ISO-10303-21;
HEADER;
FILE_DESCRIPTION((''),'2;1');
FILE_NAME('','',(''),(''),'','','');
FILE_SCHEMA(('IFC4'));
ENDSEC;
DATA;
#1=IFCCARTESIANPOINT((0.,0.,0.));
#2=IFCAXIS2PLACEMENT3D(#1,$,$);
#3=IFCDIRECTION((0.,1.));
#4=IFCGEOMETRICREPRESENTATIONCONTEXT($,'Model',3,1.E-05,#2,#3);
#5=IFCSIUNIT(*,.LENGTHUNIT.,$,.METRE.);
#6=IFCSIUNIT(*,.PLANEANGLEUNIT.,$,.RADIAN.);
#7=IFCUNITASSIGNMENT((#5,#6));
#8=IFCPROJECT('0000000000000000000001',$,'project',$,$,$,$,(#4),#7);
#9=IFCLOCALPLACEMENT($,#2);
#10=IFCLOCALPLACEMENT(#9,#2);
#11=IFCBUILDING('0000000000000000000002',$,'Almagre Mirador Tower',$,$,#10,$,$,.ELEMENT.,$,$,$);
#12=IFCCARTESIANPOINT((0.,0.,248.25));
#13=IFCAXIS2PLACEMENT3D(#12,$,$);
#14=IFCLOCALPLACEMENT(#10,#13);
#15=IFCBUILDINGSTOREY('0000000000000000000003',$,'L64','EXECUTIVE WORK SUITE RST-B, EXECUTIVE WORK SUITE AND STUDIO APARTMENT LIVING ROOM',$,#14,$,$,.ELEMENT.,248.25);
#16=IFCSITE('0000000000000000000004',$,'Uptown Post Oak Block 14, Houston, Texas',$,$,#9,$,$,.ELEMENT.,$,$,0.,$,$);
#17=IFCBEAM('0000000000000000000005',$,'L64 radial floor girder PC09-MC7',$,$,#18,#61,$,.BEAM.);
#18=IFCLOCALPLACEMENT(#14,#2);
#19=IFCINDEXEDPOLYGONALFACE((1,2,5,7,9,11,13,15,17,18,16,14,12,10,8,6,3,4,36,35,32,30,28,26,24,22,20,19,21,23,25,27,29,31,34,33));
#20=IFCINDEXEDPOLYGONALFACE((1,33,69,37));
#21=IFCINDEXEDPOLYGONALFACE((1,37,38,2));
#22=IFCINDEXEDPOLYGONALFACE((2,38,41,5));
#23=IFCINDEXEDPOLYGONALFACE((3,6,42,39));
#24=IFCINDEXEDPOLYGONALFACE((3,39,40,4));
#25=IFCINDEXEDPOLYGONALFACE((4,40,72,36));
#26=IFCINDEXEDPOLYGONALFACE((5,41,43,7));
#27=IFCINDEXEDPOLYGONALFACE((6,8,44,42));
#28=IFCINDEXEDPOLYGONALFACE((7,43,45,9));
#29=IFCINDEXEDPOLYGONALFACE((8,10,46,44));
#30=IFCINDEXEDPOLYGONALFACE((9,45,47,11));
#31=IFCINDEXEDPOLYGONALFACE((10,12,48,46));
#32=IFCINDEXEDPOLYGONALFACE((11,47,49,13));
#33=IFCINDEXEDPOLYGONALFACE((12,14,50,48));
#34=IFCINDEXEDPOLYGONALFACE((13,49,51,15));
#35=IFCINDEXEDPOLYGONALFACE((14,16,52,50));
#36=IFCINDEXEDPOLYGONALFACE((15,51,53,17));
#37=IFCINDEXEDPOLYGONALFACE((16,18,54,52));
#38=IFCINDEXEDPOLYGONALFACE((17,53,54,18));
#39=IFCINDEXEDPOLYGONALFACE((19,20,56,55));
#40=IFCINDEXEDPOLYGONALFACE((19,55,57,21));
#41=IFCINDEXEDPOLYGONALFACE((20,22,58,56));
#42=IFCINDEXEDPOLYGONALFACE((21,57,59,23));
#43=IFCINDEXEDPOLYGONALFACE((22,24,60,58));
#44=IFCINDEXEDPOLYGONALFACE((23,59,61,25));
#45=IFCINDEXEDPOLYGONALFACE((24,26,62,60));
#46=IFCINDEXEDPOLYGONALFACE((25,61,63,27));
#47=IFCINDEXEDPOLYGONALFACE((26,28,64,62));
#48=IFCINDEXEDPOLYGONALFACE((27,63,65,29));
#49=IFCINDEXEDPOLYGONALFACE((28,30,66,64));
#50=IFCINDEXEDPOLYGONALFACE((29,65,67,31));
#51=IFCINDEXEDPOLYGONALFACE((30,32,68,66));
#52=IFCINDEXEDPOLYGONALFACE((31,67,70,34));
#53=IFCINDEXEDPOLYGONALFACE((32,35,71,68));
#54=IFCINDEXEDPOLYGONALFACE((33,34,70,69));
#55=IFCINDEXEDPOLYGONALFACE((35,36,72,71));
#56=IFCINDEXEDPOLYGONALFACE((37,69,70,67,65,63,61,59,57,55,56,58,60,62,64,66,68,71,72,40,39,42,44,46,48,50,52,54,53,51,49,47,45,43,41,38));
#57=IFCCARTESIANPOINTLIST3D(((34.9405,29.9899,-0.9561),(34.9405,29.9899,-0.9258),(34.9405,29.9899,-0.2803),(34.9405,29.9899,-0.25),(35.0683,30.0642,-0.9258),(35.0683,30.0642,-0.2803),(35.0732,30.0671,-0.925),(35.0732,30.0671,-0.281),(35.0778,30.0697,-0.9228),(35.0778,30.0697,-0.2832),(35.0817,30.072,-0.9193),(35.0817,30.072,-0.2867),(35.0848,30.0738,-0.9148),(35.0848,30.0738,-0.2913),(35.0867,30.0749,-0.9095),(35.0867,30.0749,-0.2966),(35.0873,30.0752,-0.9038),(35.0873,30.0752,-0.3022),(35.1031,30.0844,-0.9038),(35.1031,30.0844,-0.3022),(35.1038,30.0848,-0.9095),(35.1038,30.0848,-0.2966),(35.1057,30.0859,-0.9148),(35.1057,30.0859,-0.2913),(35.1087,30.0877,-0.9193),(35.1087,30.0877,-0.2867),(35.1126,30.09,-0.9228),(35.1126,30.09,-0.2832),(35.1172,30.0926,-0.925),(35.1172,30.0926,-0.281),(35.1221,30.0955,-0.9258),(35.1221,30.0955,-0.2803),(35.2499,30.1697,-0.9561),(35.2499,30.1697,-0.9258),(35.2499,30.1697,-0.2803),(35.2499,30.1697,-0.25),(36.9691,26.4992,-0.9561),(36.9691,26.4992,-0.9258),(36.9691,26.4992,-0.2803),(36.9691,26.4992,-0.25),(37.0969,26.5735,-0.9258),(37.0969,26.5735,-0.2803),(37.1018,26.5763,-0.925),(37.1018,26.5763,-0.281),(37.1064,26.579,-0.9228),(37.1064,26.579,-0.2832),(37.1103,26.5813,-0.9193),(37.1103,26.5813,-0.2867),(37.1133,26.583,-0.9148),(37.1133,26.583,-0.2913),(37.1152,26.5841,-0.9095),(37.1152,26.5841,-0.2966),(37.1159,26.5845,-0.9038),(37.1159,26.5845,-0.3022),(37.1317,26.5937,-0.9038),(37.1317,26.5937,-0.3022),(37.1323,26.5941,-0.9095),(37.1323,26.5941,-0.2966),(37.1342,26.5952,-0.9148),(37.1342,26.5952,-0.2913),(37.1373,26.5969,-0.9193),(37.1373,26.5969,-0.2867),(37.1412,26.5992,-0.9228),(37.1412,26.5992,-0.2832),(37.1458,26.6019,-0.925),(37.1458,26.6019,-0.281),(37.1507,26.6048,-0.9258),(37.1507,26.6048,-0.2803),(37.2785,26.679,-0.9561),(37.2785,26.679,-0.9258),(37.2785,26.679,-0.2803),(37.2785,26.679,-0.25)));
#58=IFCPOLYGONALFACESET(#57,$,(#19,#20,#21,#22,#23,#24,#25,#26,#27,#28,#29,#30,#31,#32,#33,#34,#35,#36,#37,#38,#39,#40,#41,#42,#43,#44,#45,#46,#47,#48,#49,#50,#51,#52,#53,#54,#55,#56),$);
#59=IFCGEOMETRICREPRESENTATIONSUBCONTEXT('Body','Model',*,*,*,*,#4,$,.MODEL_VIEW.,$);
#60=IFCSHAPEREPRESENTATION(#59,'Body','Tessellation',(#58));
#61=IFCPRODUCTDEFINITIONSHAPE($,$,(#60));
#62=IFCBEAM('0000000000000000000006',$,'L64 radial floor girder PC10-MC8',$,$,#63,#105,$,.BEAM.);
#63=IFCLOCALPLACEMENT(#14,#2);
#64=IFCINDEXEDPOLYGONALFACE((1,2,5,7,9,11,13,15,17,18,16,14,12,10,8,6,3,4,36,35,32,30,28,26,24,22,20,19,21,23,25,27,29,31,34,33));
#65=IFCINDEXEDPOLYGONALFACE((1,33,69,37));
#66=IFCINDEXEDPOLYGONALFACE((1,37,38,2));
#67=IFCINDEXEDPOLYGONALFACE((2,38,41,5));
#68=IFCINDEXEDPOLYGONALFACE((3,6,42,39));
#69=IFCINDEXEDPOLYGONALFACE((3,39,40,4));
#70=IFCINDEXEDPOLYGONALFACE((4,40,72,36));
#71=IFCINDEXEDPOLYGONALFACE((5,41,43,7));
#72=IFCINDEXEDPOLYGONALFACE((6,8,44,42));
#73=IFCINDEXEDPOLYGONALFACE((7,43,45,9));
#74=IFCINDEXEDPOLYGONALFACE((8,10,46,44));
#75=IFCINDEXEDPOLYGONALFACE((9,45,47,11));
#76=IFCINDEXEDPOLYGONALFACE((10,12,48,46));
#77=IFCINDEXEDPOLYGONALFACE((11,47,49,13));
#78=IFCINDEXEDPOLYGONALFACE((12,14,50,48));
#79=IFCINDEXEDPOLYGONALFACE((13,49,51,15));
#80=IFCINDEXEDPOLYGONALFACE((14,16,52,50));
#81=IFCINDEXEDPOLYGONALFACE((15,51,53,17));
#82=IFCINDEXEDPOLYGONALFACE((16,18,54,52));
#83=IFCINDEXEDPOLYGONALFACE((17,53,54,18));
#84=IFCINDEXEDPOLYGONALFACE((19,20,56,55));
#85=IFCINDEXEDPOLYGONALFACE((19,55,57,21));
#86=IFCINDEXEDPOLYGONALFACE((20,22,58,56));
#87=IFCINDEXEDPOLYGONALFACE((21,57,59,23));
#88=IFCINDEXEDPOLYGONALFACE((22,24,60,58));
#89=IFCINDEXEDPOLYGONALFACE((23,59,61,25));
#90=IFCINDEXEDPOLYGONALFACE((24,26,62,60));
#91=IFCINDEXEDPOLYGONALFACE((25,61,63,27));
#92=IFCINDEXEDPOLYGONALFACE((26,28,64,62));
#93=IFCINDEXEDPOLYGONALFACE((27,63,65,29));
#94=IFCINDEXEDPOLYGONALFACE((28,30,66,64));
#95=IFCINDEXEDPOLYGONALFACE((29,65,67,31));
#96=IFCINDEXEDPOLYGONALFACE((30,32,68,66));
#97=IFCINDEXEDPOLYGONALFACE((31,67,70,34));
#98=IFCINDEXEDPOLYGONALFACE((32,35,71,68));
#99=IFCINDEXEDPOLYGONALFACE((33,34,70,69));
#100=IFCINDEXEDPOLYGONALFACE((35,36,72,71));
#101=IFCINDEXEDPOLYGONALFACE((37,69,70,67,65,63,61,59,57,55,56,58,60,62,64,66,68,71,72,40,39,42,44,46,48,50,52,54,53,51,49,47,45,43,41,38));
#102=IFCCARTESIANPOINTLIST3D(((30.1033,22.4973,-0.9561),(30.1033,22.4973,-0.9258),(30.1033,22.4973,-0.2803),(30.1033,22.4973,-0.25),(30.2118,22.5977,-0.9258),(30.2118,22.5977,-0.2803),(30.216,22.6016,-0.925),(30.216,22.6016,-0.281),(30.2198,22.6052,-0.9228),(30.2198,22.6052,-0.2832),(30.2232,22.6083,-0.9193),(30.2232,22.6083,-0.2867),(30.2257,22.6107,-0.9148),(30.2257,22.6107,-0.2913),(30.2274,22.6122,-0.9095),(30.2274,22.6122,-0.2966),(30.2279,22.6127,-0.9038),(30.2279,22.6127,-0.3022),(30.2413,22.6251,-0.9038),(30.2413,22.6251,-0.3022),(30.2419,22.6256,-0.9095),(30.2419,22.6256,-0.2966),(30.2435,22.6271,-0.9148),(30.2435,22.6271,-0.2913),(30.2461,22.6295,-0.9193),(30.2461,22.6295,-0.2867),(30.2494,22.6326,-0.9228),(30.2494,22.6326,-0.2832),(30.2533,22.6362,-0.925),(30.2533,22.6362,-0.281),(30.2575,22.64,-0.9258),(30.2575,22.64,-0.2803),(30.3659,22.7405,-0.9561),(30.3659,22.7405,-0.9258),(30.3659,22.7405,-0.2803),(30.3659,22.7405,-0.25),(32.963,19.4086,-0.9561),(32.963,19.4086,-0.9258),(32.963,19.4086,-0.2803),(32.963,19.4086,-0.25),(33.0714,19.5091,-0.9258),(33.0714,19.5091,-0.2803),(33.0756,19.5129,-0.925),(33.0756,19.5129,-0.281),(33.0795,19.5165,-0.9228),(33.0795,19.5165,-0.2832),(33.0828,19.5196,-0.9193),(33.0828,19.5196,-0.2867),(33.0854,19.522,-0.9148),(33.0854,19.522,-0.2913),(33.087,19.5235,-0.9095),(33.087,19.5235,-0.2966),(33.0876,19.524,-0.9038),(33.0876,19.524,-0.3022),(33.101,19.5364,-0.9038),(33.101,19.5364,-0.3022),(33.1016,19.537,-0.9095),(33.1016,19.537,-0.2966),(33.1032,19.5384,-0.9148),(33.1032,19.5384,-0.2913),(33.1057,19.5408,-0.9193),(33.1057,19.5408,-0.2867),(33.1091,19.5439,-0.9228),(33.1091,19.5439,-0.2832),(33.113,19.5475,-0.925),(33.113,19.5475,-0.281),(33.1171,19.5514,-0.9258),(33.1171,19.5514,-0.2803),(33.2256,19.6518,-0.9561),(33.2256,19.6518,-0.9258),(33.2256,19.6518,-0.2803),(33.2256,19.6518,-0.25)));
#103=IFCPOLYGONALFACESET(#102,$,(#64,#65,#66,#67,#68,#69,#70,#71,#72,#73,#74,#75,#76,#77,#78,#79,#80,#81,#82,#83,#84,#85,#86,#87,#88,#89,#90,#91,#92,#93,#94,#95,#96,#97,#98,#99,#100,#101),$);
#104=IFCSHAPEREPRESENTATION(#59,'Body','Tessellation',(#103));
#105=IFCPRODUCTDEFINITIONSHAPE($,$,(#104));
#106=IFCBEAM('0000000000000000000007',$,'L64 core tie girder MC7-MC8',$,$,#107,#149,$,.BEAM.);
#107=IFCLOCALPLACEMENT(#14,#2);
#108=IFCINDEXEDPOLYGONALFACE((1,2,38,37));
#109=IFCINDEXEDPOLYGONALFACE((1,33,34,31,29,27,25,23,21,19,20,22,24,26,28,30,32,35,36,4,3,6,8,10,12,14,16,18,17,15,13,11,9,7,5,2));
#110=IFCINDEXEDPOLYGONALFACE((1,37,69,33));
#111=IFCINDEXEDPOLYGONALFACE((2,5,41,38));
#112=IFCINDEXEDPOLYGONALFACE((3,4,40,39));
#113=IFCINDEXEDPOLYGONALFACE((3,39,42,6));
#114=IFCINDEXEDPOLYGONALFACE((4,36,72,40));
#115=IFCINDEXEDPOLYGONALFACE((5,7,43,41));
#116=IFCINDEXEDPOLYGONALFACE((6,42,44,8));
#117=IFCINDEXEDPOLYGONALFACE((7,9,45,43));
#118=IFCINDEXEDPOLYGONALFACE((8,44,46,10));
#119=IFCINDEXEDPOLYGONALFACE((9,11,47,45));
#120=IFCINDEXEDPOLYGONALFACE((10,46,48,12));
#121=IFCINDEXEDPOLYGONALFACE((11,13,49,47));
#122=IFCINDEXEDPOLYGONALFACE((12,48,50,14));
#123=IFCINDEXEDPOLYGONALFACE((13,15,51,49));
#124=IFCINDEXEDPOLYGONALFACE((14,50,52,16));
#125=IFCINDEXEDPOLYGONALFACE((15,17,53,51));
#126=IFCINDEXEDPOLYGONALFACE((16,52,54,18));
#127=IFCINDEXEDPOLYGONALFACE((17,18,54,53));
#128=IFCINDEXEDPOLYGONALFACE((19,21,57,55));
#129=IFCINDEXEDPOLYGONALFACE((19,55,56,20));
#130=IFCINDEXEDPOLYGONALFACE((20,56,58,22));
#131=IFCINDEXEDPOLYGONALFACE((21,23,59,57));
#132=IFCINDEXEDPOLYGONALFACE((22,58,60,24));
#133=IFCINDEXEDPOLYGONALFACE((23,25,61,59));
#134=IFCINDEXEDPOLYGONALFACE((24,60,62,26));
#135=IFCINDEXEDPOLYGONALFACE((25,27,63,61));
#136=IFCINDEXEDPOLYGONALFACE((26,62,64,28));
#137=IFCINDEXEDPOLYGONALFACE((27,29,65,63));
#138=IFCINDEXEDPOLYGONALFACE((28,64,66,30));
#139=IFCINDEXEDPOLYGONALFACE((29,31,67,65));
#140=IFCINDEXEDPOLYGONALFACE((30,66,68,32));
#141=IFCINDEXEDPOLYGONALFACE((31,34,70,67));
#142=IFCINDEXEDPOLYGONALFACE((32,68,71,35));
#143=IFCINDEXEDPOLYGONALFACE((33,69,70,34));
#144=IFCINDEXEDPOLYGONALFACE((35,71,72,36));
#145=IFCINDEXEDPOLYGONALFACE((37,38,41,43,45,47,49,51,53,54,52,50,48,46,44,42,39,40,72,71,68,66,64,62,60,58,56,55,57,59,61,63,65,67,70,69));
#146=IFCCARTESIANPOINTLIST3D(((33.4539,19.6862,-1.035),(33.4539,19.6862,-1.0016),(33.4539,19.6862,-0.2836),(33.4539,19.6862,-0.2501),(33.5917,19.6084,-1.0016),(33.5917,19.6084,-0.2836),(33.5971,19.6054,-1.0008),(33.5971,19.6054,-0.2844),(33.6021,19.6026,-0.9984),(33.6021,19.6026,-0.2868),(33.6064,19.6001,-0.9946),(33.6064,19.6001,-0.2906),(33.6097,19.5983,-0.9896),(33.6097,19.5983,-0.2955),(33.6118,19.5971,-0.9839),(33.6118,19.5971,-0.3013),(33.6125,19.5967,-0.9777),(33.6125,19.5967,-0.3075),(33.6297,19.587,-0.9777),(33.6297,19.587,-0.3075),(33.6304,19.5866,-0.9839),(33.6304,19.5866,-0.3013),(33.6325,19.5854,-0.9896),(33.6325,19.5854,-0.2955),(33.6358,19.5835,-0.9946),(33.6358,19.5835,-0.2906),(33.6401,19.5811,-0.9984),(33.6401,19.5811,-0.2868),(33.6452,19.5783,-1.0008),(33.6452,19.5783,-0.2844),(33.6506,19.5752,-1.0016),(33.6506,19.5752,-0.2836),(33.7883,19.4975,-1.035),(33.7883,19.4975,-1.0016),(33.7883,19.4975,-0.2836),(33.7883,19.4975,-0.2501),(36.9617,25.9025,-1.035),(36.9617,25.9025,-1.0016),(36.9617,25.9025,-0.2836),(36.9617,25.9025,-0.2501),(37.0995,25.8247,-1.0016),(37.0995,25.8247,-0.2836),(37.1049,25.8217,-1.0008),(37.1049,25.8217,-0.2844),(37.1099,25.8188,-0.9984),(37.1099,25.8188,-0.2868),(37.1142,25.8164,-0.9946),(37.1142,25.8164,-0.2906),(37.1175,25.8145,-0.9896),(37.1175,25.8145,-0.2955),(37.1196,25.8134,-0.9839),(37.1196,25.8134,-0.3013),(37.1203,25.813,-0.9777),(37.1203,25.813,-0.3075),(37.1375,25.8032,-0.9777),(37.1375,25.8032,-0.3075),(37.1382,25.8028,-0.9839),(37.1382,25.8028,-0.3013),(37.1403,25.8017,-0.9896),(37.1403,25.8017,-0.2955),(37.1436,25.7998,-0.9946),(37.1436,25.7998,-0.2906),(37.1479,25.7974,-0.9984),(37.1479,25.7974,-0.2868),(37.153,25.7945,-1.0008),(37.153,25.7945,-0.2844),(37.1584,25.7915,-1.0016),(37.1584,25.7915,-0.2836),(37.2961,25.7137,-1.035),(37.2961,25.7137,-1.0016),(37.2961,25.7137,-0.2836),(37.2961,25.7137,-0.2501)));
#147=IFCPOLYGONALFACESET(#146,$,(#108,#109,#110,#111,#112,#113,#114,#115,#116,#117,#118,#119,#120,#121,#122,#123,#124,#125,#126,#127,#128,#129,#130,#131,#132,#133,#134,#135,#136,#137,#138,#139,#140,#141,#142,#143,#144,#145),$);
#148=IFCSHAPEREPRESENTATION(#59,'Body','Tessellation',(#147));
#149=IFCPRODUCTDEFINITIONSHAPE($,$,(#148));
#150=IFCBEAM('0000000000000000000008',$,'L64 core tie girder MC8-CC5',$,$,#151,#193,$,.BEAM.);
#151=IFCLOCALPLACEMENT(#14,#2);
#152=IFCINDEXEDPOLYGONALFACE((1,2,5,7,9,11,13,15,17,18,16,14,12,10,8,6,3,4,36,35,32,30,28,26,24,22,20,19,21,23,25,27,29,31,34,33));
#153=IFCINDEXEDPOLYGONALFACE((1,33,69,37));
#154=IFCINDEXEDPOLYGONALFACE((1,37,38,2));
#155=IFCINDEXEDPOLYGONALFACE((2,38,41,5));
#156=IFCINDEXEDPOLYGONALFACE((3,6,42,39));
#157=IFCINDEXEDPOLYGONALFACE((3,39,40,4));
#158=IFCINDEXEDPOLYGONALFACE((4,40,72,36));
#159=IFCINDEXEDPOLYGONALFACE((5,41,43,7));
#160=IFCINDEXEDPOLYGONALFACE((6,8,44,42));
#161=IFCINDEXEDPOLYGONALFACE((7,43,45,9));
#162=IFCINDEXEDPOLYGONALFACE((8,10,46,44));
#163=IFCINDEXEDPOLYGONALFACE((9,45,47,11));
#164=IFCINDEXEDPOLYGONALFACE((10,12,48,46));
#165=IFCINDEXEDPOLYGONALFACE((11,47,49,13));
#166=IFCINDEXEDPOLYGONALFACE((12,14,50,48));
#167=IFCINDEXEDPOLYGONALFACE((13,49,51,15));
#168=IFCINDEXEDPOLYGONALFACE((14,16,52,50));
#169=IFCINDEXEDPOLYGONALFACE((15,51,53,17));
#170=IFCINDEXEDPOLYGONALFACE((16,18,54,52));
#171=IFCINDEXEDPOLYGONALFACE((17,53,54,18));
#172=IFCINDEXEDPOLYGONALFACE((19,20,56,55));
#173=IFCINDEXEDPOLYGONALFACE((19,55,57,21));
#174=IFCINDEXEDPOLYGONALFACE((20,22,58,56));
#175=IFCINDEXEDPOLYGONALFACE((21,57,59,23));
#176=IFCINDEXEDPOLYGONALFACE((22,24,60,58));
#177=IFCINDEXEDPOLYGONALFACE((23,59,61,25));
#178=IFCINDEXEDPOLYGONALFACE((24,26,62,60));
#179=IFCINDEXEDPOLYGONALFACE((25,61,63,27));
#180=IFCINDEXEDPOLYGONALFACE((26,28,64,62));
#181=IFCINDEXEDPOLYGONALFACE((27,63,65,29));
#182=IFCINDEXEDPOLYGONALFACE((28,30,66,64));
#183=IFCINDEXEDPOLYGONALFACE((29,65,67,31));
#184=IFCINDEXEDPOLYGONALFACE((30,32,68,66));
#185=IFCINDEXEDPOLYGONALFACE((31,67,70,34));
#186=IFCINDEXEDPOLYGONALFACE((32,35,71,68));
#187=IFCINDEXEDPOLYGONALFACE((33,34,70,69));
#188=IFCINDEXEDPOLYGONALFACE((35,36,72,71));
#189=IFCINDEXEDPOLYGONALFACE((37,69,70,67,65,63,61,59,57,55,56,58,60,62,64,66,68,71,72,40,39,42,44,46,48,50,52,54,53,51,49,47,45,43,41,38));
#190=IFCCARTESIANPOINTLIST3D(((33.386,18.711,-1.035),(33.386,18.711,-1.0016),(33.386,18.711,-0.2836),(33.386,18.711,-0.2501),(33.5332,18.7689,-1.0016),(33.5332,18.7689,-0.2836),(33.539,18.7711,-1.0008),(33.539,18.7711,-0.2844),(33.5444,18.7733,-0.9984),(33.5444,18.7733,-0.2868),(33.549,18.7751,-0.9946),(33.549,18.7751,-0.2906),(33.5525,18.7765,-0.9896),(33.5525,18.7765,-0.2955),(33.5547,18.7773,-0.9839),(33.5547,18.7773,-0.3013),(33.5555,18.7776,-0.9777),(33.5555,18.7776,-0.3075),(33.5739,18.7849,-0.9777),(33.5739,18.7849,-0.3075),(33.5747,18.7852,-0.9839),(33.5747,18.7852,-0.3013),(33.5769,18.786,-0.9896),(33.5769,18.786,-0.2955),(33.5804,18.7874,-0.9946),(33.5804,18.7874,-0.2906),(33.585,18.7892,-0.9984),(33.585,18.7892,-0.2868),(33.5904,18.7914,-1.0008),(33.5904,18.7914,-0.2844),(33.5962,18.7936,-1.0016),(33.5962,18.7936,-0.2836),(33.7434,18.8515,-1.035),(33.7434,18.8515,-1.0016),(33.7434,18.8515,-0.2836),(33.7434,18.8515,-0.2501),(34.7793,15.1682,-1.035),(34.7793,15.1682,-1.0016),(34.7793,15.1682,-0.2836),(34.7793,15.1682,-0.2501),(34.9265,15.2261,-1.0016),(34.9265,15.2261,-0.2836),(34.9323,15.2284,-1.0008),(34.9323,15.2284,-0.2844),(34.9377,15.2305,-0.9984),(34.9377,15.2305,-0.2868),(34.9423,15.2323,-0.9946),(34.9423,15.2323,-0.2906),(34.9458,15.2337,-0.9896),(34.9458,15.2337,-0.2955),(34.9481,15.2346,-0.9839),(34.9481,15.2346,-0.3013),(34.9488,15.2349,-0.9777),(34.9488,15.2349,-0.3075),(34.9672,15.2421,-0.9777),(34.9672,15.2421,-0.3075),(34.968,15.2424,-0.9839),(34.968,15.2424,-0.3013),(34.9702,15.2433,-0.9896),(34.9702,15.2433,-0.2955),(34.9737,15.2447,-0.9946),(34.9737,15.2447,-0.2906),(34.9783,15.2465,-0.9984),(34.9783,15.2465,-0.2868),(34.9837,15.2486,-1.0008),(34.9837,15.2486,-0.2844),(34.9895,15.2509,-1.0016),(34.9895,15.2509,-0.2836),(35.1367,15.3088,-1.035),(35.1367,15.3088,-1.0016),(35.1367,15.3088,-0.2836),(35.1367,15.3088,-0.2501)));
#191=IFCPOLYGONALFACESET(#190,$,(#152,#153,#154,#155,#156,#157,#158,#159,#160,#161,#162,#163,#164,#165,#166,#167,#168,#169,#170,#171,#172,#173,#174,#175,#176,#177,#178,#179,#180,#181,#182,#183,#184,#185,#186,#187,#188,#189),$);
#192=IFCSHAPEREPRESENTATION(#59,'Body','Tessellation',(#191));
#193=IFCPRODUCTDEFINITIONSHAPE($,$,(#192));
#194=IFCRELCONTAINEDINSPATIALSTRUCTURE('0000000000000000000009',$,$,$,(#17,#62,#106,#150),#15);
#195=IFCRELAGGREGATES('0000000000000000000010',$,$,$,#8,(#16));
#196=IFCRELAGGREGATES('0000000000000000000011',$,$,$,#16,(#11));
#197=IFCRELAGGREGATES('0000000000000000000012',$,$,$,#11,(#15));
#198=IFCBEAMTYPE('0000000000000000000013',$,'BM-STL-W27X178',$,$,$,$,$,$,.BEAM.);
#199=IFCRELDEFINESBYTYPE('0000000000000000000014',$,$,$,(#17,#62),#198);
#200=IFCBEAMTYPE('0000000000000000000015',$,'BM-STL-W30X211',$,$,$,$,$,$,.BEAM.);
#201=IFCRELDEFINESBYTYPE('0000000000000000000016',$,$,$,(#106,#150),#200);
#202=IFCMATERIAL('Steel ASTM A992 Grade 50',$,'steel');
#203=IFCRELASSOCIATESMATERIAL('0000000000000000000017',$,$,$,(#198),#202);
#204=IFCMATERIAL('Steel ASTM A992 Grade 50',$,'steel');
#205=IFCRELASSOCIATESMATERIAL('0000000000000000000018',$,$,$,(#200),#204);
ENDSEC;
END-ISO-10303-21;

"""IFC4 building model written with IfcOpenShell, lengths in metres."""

from ifc_helpers import new_model, si_unit, direction, frame, origin, origin_2d, place, context, subcontext, project, spatial, i_section, extrude, material, material_profile, profile_set, type_object, element, save


model = new_model("IFC4")

# Units and contexts
model_context = context("Model", 3, precision=1e-05, world=origin(), true_north=direction((0.0, 1.0)))
body_context = subcontext(model_context, "Body", "Model", "MODEL_VIEW")
ifc_project = project(units=[si_unit("LENGTHUNIT", "METRE"), si_unit("PLANEANGLEUNIT", "RADIAN")], contexts=[model_context])

# Site, building, storey
site_placement = place(None, origin())
site = spatial("IfcSite", under=ifc_project, at=site_placement, Name="Uptown Post Oak Block 14, Houston, Texas", CompositionType="ELEMENT", RefElevation=0.0)
building_placement = place(site_placement, origin())
building = spatial("IfcBuilding", under=site, at=building_placement, Name="Almagre Mirador Tower", CompositionType="ELEMENT")
storey_placement = place(building_placement, frame((0.0, 0.0, 248.25)))
storey = spatial("IfcBuildingStorey", under=building, at=storey_placement, Name="L64", Description="EXECUTIVE WORK SUITE RST-B, EXECUTIVE WORK SUITE AND STUDIO APARTMENT LIVING ROOM", CompositionType="ELEMENT", Elevation=248.25)

# Beams
ifc_material_1 = material(Name="Steel ASTM A992 Grade 50", Category="steel")
ifc_material_profile_1 = material_profile(ifc_material_1, i_section(OverallWidth=0.3579, OverallDepth=0.7061, WebThickness=0.0183, FlangeThickness=0.0303, FilletRadius=0.022, at=origin_2d()), Name="W27X178")
ifc_profile_set_1 = profile_set([ifc_material_profile_1], Name="Steel ASTM A992 Grade 50")
beam_type_1 = type_object("IfcBeamType", Name="BM-STL-W27X178", PredefinedType="BEAM", material=ifc_profile_set_1)
beam_1_placement = place(storey_placement, frame((35.0952, 30.0798, -0.603), z_axis=(0.502449, -0.864607, 0.0), x_axis=(0.864607, 0.502449, 0.0)))
element("IfcBeam", 1, at=beam_1_placement, inside=storey, type_object=beam_type_1, Name="L64 radial floor girder PC09-MC7", PredefinedType="BEAM", context=body_context, shape_type="SweptSolid", body=[
    extrude(i_section(OverallWidth=0.3579, OverallDepth=0.7061, WebThickness=0.0183, FlangeThickness=0.0303, FilletRadius=0.022, at=origin_2d()), origin(), (0.0, 0.0, 1.0), 4.0374),
])
beam_2_placement = place(storey_placement, frame((30.2346, 22.6189, -0.603), z_axis=(0.67938, -0.733786, 0.0), x_axis=(0.733786, 0.67938, 0.0)))
element("IfcBeam", 2, at=beam_2_placement, inside=storey, type_object=beam_type_1, Name="L64 radial floor girder PC10-MC8", PredefinedType="BEAM", context=body_context, shape_type="SweptSolid", body=[
    extrude(i_section(OverallWidth=0.3579, OverallDepth=0.7061, WebThickness=0.0183, FlangeThickness=0.0303, FilletRadius=0.022, at=origin_2d()), origin(), (0.0, 0.0, 1.0), 4.2092),
])
ifc_material_2 = material(Name="Steel ASTM A992 Grade 50", Category="steel")
ifc_material_profile_2 = material_profile(ifc_material_2, i_section(OverallWidth=0.384, OverallDepth=0.7849, WebThickness=0.0198, FlangeThickness=0.0334, FilletRadius=0.0239, at=origin_2d()), Name="W30X211")
ifc_profile_set_2 = profile_set([ifc_material_profile_2], Name="Steel ASTM A992 Grade 50")
beam_type_2 = type_object("IfcBeamType", Name="BM-STL-W30X211", PredefinedType="BEAM", material=ifc_profile_set_2)
beam_3_placement = place(storey_placement, frame((37.1289, 25.8081, -0.6426), z_axis=(-0.491446, -0.870908, 0.0), x_axis=(0.870908, -0.491446, 0.0)))
element("IfcBeam", 3, at=beam_3_placement, inside=storey, type_object=beam_type_2, Name="L64 core tie girder MC7-MC8", PredefinedType="BEAM", context=body_context, shape_type="SweptSolid", body=[
    extrude(i_section(OverallWidth=0.384, OverallDepth=0.7849, WebThickness=0.0198, FlangeThickness=0.0334, FilletRadius=0.0239, at=origin_2d()), origin(), (0.0, 0.0, 1.0), 7.1377),
])
beam_4_placement = place(storey_placement, frame((33.5647, 18.7812, -0.6426), z_axis=(0.366, -0.930615, 0.0), x_axis=(0.930615, 0.366, 0.0)))
element("IfcBeam", 4, at=beam_4_placement, inside=storey, type_object=beam_type_2, Name="L64 core tie girder MC8-CC5", PredefinedType="BEAM", context=body_context, shape_type="SweptSolid", body=[
    extrude(i_section(OverallWidth=0.384, OverallDepth=0.7849, WebThickness=0.0198, FlangeThickness=0.0334, FilletRadius=0.0239, at=origin_2d()), origin(), (0.0, 0.0, 1.0), 3.8069),
])

save(model, "model.ifc")
